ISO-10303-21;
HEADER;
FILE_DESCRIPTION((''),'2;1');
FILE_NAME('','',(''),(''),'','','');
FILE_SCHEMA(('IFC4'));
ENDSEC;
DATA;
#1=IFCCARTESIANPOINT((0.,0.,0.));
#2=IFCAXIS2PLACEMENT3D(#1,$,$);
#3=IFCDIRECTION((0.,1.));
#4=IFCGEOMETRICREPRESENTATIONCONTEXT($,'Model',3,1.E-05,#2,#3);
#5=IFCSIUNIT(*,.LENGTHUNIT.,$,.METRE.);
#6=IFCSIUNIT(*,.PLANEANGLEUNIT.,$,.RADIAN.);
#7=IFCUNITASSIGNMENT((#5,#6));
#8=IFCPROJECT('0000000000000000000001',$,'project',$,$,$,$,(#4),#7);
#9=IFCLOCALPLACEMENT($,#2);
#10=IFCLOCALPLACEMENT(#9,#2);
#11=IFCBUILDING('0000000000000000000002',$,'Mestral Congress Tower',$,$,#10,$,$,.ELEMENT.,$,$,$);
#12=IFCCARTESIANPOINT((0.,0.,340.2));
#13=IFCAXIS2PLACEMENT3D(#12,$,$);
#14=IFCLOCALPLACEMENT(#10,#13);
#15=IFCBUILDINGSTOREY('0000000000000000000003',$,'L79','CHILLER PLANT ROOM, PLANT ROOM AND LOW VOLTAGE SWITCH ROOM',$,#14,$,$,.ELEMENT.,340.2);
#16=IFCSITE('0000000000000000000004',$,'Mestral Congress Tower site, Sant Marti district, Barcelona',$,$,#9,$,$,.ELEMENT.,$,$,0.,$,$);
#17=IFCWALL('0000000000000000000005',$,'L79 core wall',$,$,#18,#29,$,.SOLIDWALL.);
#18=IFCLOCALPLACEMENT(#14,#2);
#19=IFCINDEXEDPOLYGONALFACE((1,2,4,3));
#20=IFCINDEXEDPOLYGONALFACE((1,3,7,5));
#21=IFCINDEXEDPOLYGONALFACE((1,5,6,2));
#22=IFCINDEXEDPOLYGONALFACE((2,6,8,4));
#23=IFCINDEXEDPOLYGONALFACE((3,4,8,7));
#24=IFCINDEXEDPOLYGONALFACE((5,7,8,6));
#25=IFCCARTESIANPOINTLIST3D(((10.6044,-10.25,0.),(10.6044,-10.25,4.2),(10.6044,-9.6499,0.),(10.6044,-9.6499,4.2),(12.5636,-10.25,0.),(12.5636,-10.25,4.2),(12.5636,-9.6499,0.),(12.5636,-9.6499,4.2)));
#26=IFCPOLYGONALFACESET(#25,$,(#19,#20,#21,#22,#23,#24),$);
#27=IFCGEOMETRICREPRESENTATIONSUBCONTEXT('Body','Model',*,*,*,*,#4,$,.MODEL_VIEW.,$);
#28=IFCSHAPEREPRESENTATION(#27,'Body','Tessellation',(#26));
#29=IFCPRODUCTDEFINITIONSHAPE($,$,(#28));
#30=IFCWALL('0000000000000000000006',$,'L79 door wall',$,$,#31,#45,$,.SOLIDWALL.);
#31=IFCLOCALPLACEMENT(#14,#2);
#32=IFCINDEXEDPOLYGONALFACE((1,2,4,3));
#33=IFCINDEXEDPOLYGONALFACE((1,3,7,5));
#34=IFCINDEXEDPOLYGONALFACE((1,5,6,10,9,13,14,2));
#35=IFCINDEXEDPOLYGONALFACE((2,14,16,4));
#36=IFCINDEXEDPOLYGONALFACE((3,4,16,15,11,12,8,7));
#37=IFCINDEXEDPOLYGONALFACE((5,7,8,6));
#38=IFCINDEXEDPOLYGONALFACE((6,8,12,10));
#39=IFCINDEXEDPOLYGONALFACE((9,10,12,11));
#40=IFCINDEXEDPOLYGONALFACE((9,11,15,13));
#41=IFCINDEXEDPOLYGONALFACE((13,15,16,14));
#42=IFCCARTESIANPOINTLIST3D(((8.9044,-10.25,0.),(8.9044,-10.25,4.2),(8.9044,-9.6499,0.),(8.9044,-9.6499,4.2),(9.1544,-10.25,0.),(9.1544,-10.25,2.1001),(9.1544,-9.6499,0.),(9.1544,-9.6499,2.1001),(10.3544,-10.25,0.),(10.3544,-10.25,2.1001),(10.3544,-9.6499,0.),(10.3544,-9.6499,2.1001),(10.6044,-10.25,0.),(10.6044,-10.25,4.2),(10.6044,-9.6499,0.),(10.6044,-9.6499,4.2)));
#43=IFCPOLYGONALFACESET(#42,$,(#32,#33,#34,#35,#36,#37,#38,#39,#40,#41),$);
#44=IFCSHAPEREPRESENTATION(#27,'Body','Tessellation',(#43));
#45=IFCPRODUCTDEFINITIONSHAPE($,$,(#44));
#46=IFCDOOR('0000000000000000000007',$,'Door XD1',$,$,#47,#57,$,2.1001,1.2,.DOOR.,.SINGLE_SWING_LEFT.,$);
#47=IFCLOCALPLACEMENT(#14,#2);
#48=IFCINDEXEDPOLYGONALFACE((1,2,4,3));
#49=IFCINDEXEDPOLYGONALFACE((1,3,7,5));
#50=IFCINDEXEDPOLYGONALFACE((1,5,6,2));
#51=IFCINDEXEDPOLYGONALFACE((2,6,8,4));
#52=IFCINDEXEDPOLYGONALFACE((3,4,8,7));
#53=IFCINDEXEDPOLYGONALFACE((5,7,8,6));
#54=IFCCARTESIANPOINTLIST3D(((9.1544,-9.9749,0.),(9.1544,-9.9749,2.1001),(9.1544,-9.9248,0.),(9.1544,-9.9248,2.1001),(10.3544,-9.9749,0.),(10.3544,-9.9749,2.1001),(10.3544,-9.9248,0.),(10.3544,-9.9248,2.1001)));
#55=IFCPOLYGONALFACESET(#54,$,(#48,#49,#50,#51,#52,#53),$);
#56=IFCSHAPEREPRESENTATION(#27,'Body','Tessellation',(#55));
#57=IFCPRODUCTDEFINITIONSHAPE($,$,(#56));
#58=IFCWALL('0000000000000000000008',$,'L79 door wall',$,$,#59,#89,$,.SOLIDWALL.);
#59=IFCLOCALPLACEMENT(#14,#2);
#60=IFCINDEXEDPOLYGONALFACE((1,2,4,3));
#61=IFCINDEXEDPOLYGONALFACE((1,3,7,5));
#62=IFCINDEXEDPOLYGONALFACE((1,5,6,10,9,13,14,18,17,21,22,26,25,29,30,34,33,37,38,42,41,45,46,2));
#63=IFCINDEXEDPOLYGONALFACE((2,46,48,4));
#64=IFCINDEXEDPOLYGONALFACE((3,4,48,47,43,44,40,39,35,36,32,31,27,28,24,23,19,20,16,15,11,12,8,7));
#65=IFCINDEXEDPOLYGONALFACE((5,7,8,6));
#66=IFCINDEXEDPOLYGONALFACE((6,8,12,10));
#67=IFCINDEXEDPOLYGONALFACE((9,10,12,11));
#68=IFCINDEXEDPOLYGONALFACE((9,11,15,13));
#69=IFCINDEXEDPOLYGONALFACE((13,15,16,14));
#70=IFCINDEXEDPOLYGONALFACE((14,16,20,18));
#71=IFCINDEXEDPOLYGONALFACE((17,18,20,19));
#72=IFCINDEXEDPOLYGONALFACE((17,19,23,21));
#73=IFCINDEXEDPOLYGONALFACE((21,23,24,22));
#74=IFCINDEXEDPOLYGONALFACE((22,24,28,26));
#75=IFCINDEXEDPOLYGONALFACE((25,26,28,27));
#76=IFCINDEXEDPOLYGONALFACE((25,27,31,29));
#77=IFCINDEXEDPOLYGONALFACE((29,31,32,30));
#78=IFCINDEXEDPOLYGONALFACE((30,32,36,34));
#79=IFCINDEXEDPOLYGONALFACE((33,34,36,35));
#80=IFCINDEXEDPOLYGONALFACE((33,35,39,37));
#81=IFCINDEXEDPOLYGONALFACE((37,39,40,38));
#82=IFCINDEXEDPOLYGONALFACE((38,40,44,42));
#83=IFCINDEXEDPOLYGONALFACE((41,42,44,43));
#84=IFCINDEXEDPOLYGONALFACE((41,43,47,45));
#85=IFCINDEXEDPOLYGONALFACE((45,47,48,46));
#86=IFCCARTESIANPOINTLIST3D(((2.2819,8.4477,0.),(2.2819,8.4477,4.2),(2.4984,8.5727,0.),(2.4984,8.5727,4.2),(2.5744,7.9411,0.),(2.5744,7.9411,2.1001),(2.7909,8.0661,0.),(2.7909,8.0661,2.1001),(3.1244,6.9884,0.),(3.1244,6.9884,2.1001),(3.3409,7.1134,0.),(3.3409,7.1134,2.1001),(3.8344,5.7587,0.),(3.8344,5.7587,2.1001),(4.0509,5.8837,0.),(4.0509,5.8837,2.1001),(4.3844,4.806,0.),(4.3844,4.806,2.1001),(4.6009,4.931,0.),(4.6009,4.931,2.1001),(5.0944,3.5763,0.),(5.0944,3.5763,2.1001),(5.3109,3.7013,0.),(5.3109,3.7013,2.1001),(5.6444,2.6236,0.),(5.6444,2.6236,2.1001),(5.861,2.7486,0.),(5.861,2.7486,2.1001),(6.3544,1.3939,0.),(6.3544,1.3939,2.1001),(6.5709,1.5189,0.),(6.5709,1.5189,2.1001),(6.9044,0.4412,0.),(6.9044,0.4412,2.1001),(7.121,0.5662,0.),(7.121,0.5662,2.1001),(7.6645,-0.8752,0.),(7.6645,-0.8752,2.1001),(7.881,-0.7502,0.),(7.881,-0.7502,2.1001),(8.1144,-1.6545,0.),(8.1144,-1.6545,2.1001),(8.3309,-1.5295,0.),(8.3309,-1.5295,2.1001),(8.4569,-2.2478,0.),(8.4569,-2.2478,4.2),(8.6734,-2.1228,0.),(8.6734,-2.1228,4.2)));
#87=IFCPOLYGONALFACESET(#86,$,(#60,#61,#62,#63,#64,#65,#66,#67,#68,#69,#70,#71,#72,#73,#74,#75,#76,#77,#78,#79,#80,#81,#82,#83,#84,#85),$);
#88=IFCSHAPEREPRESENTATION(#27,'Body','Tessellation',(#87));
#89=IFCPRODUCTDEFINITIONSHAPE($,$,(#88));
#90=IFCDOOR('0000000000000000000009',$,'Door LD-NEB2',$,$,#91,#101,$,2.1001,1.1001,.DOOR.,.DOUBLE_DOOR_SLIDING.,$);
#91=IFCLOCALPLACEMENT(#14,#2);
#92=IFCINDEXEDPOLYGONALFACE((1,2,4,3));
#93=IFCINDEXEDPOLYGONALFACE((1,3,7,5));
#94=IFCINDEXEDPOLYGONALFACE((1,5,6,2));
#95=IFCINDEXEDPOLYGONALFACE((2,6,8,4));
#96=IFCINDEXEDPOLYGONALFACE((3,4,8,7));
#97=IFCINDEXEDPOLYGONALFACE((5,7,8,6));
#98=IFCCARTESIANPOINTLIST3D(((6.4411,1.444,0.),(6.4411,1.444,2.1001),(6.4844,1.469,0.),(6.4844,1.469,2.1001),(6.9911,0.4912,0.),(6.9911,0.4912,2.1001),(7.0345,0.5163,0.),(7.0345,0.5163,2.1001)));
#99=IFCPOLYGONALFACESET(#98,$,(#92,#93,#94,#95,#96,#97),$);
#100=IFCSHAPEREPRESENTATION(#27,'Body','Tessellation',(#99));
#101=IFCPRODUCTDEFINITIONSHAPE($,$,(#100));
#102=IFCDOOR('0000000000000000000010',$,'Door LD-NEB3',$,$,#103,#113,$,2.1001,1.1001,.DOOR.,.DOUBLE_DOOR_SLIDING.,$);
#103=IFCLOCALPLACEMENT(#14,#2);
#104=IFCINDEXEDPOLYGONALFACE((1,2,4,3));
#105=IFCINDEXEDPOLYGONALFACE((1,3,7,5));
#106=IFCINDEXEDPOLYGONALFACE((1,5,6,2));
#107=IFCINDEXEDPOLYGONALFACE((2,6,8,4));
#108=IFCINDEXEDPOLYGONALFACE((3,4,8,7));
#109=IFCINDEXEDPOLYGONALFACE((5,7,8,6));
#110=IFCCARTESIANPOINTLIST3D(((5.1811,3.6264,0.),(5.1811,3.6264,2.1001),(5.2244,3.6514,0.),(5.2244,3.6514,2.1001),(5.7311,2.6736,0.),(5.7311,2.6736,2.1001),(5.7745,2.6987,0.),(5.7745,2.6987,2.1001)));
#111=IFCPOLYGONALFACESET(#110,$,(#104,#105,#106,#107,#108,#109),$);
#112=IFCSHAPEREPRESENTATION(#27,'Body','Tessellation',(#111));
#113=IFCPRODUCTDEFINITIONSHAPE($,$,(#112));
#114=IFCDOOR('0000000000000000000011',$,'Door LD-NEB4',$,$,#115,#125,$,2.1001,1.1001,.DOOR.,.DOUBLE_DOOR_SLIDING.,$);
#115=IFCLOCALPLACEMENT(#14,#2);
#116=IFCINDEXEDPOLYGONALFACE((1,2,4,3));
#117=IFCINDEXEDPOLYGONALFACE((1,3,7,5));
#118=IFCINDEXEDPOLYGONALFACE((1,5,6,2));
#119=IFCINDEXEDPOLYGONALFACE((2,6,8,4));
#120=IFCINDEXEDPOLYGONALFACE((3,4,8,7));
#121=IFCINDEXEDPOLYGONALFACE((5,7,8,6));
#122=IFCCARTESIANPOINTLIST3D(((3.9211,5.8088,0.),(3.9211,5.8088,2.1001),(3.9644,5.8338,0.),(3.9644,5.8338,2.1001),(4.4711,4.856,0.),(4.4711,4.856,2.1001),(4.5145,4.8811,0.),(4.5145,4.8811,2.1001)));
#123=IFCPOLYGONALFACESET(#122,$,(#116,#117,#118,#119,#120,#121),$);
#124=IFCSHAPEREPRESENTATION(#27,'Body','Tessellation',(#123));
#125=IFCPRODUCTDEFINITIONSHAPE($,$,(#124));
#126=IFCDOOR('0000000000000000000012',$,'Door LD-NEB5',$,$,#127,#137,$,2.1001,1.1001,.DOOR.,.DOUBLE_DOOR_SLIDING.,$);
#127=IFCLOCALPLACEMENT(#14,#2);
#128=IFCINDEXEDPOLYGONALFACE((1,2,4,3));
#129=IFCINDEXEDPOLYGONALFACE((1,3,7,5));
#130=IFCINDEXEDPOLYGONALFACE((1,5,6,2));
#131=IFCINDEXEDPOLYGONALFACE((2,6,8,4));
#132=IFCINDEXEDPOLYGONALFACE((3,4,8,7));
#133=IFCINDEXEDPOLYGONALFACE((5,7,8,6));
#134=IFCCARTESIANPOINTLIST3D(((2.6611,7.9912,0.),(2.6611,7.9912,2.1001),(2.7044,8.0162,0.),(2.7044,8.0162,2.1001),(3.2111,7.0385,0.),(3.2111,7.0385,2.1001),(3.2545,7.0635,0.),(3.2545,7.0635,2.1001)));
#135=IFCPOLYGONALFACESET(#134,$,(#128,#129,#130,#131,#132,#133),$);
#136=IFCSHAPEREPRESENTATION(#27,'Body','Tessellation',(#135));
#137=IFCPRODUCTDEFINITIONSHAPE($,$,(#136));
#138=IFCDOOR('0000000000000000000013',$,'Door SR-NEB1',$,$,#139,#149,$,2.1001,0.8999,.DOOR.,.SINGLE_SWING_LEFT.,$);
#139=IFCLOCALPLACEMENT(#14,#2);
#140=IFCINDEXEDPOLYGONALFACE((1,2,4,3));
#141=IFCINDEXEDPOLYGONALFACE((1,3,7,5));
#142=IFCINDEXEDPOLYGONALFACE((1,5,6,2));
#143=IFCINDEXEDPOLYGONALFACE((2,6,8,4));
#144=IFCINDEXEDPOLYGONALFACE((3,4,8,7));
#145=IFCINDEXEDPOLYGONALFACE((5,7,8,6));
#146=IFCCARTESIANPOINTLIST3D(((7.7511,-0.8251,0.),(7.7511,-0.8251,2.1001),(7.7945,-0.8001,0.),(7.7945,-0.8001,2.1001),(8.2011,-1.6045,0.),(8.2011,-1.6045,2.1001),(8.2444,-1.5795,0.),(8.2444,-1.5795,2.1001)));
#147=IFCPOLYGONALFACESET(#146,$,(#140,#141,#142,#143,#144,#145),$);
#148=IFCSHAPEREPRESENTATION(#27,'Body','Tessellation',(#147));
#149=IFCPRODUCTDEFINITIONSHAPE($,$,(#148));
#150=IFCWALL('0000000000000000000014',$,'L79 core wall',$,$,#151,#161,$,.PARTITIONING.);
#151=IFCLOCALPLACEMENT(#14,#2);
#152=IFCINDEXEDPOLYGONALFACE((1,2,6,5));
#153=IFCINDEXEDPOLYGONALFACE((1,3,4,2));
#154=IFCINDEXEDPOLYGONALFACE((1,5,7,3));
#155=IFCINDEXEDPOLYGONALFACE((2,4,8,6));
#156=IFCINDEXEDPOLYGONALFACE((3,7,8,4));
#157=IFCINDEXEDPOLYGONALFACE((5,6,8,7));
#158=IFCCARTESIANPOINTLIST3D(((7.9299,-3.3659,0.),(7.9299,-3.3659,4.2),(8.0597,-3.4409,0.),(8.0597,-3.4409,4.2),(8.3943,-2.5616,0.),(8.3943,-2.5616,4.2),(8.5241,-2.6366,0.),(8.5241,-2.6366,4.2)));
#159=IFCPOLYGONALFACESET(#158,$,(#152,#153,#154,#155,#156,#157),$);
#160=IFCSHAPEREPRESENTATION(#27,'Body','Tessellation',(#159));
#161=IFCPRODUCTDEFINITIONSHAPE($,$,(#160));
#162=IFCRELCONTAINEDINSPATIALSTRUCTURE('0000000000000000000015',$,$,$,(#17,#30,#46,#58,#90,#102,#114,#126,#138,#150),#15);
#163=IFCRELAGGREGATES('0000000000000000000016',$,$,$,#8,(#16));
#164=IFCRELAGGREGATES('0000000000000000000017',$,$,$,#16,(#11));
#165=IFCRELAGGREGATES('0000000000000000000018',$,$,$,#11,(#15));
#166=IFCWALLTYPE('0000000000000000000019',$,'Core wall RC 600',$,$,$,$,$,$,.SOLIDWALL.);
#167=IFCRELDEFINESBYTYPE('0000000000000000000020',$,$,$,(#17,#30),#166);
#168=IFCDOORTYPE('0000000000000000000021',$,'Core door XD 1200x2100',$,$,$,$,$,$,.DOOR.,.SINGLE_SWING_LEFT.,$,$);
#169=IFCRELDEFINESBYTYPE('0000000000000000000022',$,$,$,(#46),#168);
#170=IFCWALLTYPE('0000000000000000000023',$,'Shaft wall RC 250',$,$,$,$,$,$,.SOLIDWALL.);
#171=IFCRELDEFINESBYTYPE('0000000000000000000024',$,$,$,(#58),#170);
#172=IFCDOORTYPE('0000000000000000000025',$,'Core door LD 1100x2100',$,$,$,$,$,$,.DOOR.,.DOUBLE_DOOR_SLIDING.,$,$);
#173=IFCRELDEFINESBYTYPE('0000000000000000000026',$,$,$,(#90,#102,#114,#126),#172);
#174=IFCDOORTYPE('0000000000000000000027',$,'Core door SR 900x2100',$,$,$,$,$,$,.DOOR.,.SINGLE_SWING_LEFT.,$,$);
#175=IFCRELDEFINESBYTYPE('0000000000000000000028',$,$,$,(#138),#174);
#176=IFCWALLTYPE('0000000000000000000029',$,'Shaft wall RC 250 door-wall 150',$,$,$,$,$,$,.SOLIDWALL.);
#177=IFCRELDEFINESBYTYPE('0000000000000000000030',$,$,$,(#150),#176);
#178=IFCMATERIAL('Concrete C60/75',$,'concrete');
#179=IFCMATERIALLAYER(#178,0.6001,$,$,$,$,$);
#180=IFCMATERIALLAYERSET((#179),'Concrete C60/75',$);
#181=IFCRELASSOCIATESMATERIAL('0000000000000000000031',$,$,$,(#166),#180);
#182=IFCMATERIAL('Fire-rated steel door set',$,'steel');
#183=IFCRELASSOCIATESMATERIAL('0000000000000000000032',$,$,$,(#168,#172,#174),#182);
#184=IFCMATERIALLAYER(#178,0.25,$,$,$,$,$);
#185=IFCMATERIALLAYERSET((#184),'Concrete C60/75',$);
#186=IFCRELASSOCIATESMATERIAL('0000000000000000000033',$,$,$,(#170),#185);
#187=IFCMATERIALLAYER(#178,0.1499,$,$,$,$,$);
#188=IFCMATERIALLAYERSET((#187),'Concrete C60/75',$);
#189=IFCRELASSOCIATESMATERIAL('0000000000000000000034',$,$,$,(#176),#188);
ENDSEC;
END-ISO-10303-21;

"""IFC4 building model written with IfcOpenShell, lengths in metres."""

from ifc_helpers import new_model, si_unit, direction, frame, frame_2d, origin, place, context, subcontext, project, spatial, rectangle, extrude, material, layer, layer_set, type_object, element, fill, save


model = new_model("IFC4")

# Units and contexts
model_context = context("Model", 3, precision=1e-05, world=origin(), true_north=direction((0.0, 1.0)))
body_context = subcontext(model_context, "Body", "Model", "MODEL_VIEW")
ifc_project = project(units=[si_unit("LENGTHUNIT", "METRE"), si_unit("PLANEANGLEUNIT", "RADIAN")], contexts=[model_context])

# Site, building, storey
site_placement = place(None, origin())
site = spatial("IfcSite", under=ifc_project, at=site_placement, Name="Mestral Congress Tower site, Sant Marti district, Barcelona", CompositionType="ELEMENT", RefElevation=0.0)
building_placement = place(site_placement, origin())
building = spatial("IfcBuilding", under=site, at=building_placement, Name="Mestral Congress Tower", CompositionType="ELEMENT")
storey_placement = place(building_placement, frame((0.0, 0.0, 340.2)))
storey = spatial("IfcBuildingStorey", under=building, at=storey_placement, Name="L79", Description="CHILLER PLANT ROOM, PLANT ROOM AND LOW VOLTAGE SWITCH ROOM", CompositionType="ELEMENT", Elevation=340.2)

# Wall
ifc_material_1 = material(Name="Concrete C60/75", Category="concrete")
ifc_layer_1 = layer(ifc_material_1, 0.6001)
ifc_layer_set_1 = layer_set([ifc_layer_1], Name="Concrete C60/75")
wall_type_1 = type_object("IfcWallType", Name="Core wall RC 600", PredefinedType="SOLIDWALL", material=ifc_layer_set_1)
wall_1_placement = place(storey_placement, frame((10.6045, -9.95, 0.0), z_axis=(0.0, 0.0, 1.0), x_axis=(1.0, 0.0, 0.0)))
element("IfcWall", 1, at=wall_1_placement, inside=storey, type_object=wall_type_1, Name="L79 core wall", PredefinedType="SOLIDWALL", context=body_context, shape_type="SweptSolid", body=[
    extrude(rectangle(XDim=1.9592, YDim=0.6001, at=frame_2d((0.9795, 0.0))), origin(), (0.0, 0.0, 1.0), 4.2),
])

# Wall, opening, door
wall_2_placement = place(storey_placement, frame((10.6045, -9.95, 0.0), z_axis=(0.0, 0.0, 1.0), x_axis=(-1.0, 0.0, 0.0)))
wall_2 = element("IfcWall", 2, at=wall_2_placement, inside=storey, type_object=wall_type_1, Name="L79 door wall", PredefinedType="SOLIDWALL", context=body_context, shape_type="SweptSolid", body=[
    extrude(rectangle(XDim=1.7, YDim=0.6001, at=frame_2d((0.8501, 0.0))), origin(), (0.0, 0.0, 1.0), 4.2),
])
opening_1_placement = place(wall_2_placement, frame((0.25, 0.0, 0.0)))
opening_1 = element("IfcOpeningElement", 3, at=opening_1_placement, cuts=wall_2, PredefinedType="OPENING", context=body_context, shape_type="SweptSolid", body=[
    extrude(rectangle(XDim=1.2, YDim=2.1001, at=frame_2d((0.6001, 1.05))), frame((0.0, 0.3101, 0.0), z_axis=(0.0, -1.0, 0.0), x_axis=(1.0, 0.0, 0.0)), (0.0, 0.0, 1.0), 0.6201),
])
ifc_material_2 = material(Name="Fire-rated steel door set", Category="steel")
door_type_1 = type_object("IfcDoorType", Name="Core door XD 1200x2100", OperationType="SINGLE_SWING_LEFT", PredefinedType="DOOR", material=ifc_material_2)
door_1_placement = place(opening_1_placement, origin())
door_1 = element("IfcDoor", 4, at=door_1_placement, inside=storey, type_object=door_type_1, Name="Door XD1", OperationType="SINGLE_SWING_LEFT", OverallHeight=2.1001, OverallWidth=1.2, PredefinedType="DOOR", context=body_context, shape_type="SweptSolid", body=[
    extrude(rectangle(XDim=1.2, YDim=2.1001, at=frame_2d((0.6001, 1.05))), frame((0.0, 0.0249, 0.0), z_axis=(0.0, -1.0, 0.0), x_axis=(1.0, 0.0, 0.0)), (0.0, 0.0, 1.0), 0.05),
])
fill(opening_1, door_1)

# Wall, openings, doors
ifc_layer_2 = layer(ifc_material_1, 0.25)
ifc_layer_set_2 = layer_set([ifc_layer_2], Name="Concrete C60/75")
wall_type_2 = type_object("IfcWallType", Name="Shaft wall RC 250", PredefinedType="SOLIDWALL", material=ifc_layer_set_2)
wall_3_placement = place(storey_placement, frame((8.5652, -2.1853, 0.0), z_axis=(0.0, 0.0, 1.0), x_axis=(-0.499998, 0.866027, 0.0)))
wall_3 = element("IfcWall", 5, at=wall_3_placement, inside=storey, type_object=wall_type_2, Name="L79 door wall", PredefinedType="SOLIDWALL", context=body_context, shape_type="SweptSolid", body=[
    extrude(rectangle(XDim=12.3501, YDim=0.25, at=frame_2d((6.175, 0.0))), origin(), (0.0, 0.0, 1.0), 4.2),
])
opening_2_placement = place(wall_3_placement, frame((0.6851, 0.0, 0.0)))
opening_2 = element("IfcOpeningElement", 6, at=opening_2_placement, cuts=wall_3, PredefinedType="OPENING", context=body_context, shape_type="SweptSolid", body=[
    extrude(rectangle(XDim=0.8999, YDim=2.1001, at=frame_2d((0.45, 1.05))), frame((0.0, 0.135, 0.0), z_axis=(0.0, -1.0, 0.0), x_axis=(1.0, 0.0, 0.0)), (0.0, 0.0, 1.0), 0.27),
])
opening_3_placement = place(wall_3_placement, frame((3.105, 0.0, 0.0)))
opening_3 = element("IfcOpeningElement", 7, at=opening_3_placement, cuts=wall_3, PredefinedType="OPENING", context=body_context, shape_type="SweptSolid", body=[
    extrude(rectangle(XDim=1.1001, YDim=2.1001, at=frame_2d((0.55, 1.05))), frame((0.0, 0.135, 0.0), z_axis=(0.0, -1.0, 0.0), x_axis=(1.0, 0.0, 0.0)), (0.0, 0.0, 1.0), 0.27),
])
opening_4_placement = place(wall_3_placement, frame((5.625, 0.0, 0.0)))
opening_4 = element("IfcOpeningElement", 8, at=opening_4_placement, cuts=wall_3, PredefinedType="OPENING", context=body_context, shape_type="SweptSolid", body=[
    extrude(rectangle(XDim=1.1001, YDim=2.1001, at=frame_2d((0.55, 1.05))), frame((0.0, 0.135, 0.0), z_axis=(0.0, -1.0, 0.0), x_axis=(1.0, 0.0, 0.0)), (0.0, 0.0, 1.0), 0.27),
])
opening_5_placement = place(wall_3_placement, frame((8.145, 0.0, 0.0)))
opening_5 = element("IfcOpeningElement", 9, at=opening_5_placement, cuts=wall_3, PredefinedType="OPENING", context=body_context, shape_type="SweptSolid", body=[
    extrude(rectangle(XDim=1.1001, YDim=2.1001, at=frame_2d((0.55, 1.05))), frame((0.0, 0.135, 0.0), z_axis=(0.0, -1.0, 0.0), x_axis=(1.0, 0.0, 0.0)), (0.0, 0.0, 1.0), 0.27),
])
opening_6_placement = place(wall_3_placement, frame((10.665, 0.0, 0.0)))
opening_6 = element("IfcOpeningElement", 10, at=opening_6_placement, cuts=wall_3, PredefinedType="OPENING", context=body_context, shape_type="SweptSolid", body=[
    extrude(rectangle(XDim=1.1001, YDim=2.1001, at=frame_2d((0.55, 1.05))), frame((0.0, 0.135, 0.0), z_axis=(0.0, -1.0, 0.0), x_axis=(1.0, 0.0, 0.0)), (0.0, 0.0, 1.0), 0.27),
])
door_type_2 = type_object("IfcDoorType", Name="Core door LD 1100x2100", OperationType="DOUBLE_DOOR_SLIDING", PredefinedType="DOOR", material=ifc_material_2)
door_2_placement = place(opening_3_placement, origin())
door_2 = element("IfcDoor", 11, at=door_2_placement, inside=storey, type_object=door_type_2, Name="Door LD-NEB2", OperationType="DOUBLE_DOOR_SLIDING", OverallHeight=2.1001, OverallWidth=1.1001, PredefinedType="DOOR", context=body_context, shape_type="SweptSolid", body=[
    extrude(rectangle(XDim=1.1001, YDim=2.1001, at=frame_2d((0.55, 1.05))), frame((0.0, 0.0249, 0.0), z_axis=(0.0, -1.0, 0.0), x_axis=(1.0, 0.0, 0.0)), (0.0, 0.0, 1.0), 0.05),
])
fill(opening_3, door_2)
door_3_placement = place(opening_4_placement, origin())
door_3 = element("IfcDoor", 12, at=door_3_placement, inside=storey, type_object=door_type_2, Name="Door LD-NEB3", OperationType="DOUBLE_DOOR_SLIDING", OverallHeight=2.1001, OverallWidth=1.1001, PredefinedType="DOOR", context=body_context, shape_type="SweptSolid", body=[
    extrude(rectangle(XDim=1.1001, YDim=2.1001, at=frame_2d((0.55, 1.05))), frame((0.0, 0.0249, 0.0), z_axis=(0.0, -1.0, 0.0), x_axis=(1.0, 0.0, 0.0)), (0.0, 0.0, 1.0), 0.05),
])
fill(opening_4, door_3)
door_4_placement = place(opening_5_placement, origin())
door_4 = element("IfcDoor", 13, at=door_4_placement, inside=storey, type_object=door_type_2, Name="Door LD-NEB4", OperationType="DOUBLE_DOOR_SLIDING", OverallHeight=2.1001, OverallWidth=1.1001, PredefinedType="DOOR", context=body_context, shape_type="SweptSolid", body=[
    extrude(rectangle(XDim=1.1001, YDim=2.1001, at=frame_2d((0.55, 1.05))), frame((0.0, 0.0249, 0.0), z_axis=(0.0, -1.0, 0.0), x_axis=(1.0, 0.0, 0.0)), (0.0, 0.0, 1.0), 0.05),
])
fill(opening_5, door_4)
door_5_placement = place(opening_6_placement, origin())
door_5 = element("IfcDoor", 14, at=door_5_placement, inside=storey, type_object=door_type_2, Name="Door LD-NEB5", OperationType="DOUBLE_DOOR_SLIDING", OverallHeight=2.1001, OverallWidth=1.1001, PredefinedType="DOOR", context=body_context, shape_type="SweptSolid", body=[
    extrude(rectangle(XDim=1.1001, YDim=2.1001, at=frame_2d((0.55, 1.05))), frame((0.0, 0.0249, 0.0), z_axis=(0.0, -1.0, 0.0), x_axis=(1.0, 0.0, 0.0)), (0.0, 0.0, 1.0), 0.05),
])
fill(opening_6, door_5)
door_type_3 = type_object("IfcDoorType", Name="Core door SR 900x2100", OperationType="SINGLE_SWING_LEFT", PredefinedType="DOOR", material=ifc_material_2)
door_6_placement = place(opening_2_placement, origin())
door_6 = element("IfcDoor", 15, at=door_6_placement, inside=storey, type_object=door_type_3, Name="Door SR-NEB1", OperationType="SINGLE_SWING_LEFT", OverallHeight=2.1001, OverallWidth=0.8999, PredefinedType="DOOR", context=body_context, shape_type="SweptSolid", body=[
    extrude(rectangle(XDim=0.8999, YDim=2.1001, at=frame_2d((0.45, 1.05))), frame((0.0, 0.0249, 0.0), z_axis=(0.0, -1.0, 0.0), x_axis=(1.0, 0.0, 0.0)), (0.0, 0.0, 1.0), 0.05),
])
fill(opening_2, door_6)

# Wall
ifc_layer_3 = layer(ifc_material_1, 0.1499)
ifc_layer_set_3 = layer_set([ifc_layer_3], Name="Concrete C60/75")
wall_type_3 = type_object("IfcWallType", Name="Shaft wall RC 250 door-wall 150", PredefinedType="SOLIDWALL", material=ifc_layer_set_3)
wall_4_placement = place(storey_placement, frame((8.4592, -2.5991, 0.0), z_axis=(0.0, 0.0, 1.0), x_axis=(-0.500041, -0.866002, 0.0)))
element("IfcWall", 16, at=wall_4_placement, inside=storey, type_object=wall_type_3, Name="L79 core wall", PredefinedType="PARTITIONING", context=body_context, shape_type="SweptSolid", body=[
    extrude(rectangle(XDim=0.9287, YDim=0.1499, at=frame_2d((0.4644, 0.0))), origin(), (0.0, 0.0, 1.0), 4.2),
])

save(model, "model.ifc")
